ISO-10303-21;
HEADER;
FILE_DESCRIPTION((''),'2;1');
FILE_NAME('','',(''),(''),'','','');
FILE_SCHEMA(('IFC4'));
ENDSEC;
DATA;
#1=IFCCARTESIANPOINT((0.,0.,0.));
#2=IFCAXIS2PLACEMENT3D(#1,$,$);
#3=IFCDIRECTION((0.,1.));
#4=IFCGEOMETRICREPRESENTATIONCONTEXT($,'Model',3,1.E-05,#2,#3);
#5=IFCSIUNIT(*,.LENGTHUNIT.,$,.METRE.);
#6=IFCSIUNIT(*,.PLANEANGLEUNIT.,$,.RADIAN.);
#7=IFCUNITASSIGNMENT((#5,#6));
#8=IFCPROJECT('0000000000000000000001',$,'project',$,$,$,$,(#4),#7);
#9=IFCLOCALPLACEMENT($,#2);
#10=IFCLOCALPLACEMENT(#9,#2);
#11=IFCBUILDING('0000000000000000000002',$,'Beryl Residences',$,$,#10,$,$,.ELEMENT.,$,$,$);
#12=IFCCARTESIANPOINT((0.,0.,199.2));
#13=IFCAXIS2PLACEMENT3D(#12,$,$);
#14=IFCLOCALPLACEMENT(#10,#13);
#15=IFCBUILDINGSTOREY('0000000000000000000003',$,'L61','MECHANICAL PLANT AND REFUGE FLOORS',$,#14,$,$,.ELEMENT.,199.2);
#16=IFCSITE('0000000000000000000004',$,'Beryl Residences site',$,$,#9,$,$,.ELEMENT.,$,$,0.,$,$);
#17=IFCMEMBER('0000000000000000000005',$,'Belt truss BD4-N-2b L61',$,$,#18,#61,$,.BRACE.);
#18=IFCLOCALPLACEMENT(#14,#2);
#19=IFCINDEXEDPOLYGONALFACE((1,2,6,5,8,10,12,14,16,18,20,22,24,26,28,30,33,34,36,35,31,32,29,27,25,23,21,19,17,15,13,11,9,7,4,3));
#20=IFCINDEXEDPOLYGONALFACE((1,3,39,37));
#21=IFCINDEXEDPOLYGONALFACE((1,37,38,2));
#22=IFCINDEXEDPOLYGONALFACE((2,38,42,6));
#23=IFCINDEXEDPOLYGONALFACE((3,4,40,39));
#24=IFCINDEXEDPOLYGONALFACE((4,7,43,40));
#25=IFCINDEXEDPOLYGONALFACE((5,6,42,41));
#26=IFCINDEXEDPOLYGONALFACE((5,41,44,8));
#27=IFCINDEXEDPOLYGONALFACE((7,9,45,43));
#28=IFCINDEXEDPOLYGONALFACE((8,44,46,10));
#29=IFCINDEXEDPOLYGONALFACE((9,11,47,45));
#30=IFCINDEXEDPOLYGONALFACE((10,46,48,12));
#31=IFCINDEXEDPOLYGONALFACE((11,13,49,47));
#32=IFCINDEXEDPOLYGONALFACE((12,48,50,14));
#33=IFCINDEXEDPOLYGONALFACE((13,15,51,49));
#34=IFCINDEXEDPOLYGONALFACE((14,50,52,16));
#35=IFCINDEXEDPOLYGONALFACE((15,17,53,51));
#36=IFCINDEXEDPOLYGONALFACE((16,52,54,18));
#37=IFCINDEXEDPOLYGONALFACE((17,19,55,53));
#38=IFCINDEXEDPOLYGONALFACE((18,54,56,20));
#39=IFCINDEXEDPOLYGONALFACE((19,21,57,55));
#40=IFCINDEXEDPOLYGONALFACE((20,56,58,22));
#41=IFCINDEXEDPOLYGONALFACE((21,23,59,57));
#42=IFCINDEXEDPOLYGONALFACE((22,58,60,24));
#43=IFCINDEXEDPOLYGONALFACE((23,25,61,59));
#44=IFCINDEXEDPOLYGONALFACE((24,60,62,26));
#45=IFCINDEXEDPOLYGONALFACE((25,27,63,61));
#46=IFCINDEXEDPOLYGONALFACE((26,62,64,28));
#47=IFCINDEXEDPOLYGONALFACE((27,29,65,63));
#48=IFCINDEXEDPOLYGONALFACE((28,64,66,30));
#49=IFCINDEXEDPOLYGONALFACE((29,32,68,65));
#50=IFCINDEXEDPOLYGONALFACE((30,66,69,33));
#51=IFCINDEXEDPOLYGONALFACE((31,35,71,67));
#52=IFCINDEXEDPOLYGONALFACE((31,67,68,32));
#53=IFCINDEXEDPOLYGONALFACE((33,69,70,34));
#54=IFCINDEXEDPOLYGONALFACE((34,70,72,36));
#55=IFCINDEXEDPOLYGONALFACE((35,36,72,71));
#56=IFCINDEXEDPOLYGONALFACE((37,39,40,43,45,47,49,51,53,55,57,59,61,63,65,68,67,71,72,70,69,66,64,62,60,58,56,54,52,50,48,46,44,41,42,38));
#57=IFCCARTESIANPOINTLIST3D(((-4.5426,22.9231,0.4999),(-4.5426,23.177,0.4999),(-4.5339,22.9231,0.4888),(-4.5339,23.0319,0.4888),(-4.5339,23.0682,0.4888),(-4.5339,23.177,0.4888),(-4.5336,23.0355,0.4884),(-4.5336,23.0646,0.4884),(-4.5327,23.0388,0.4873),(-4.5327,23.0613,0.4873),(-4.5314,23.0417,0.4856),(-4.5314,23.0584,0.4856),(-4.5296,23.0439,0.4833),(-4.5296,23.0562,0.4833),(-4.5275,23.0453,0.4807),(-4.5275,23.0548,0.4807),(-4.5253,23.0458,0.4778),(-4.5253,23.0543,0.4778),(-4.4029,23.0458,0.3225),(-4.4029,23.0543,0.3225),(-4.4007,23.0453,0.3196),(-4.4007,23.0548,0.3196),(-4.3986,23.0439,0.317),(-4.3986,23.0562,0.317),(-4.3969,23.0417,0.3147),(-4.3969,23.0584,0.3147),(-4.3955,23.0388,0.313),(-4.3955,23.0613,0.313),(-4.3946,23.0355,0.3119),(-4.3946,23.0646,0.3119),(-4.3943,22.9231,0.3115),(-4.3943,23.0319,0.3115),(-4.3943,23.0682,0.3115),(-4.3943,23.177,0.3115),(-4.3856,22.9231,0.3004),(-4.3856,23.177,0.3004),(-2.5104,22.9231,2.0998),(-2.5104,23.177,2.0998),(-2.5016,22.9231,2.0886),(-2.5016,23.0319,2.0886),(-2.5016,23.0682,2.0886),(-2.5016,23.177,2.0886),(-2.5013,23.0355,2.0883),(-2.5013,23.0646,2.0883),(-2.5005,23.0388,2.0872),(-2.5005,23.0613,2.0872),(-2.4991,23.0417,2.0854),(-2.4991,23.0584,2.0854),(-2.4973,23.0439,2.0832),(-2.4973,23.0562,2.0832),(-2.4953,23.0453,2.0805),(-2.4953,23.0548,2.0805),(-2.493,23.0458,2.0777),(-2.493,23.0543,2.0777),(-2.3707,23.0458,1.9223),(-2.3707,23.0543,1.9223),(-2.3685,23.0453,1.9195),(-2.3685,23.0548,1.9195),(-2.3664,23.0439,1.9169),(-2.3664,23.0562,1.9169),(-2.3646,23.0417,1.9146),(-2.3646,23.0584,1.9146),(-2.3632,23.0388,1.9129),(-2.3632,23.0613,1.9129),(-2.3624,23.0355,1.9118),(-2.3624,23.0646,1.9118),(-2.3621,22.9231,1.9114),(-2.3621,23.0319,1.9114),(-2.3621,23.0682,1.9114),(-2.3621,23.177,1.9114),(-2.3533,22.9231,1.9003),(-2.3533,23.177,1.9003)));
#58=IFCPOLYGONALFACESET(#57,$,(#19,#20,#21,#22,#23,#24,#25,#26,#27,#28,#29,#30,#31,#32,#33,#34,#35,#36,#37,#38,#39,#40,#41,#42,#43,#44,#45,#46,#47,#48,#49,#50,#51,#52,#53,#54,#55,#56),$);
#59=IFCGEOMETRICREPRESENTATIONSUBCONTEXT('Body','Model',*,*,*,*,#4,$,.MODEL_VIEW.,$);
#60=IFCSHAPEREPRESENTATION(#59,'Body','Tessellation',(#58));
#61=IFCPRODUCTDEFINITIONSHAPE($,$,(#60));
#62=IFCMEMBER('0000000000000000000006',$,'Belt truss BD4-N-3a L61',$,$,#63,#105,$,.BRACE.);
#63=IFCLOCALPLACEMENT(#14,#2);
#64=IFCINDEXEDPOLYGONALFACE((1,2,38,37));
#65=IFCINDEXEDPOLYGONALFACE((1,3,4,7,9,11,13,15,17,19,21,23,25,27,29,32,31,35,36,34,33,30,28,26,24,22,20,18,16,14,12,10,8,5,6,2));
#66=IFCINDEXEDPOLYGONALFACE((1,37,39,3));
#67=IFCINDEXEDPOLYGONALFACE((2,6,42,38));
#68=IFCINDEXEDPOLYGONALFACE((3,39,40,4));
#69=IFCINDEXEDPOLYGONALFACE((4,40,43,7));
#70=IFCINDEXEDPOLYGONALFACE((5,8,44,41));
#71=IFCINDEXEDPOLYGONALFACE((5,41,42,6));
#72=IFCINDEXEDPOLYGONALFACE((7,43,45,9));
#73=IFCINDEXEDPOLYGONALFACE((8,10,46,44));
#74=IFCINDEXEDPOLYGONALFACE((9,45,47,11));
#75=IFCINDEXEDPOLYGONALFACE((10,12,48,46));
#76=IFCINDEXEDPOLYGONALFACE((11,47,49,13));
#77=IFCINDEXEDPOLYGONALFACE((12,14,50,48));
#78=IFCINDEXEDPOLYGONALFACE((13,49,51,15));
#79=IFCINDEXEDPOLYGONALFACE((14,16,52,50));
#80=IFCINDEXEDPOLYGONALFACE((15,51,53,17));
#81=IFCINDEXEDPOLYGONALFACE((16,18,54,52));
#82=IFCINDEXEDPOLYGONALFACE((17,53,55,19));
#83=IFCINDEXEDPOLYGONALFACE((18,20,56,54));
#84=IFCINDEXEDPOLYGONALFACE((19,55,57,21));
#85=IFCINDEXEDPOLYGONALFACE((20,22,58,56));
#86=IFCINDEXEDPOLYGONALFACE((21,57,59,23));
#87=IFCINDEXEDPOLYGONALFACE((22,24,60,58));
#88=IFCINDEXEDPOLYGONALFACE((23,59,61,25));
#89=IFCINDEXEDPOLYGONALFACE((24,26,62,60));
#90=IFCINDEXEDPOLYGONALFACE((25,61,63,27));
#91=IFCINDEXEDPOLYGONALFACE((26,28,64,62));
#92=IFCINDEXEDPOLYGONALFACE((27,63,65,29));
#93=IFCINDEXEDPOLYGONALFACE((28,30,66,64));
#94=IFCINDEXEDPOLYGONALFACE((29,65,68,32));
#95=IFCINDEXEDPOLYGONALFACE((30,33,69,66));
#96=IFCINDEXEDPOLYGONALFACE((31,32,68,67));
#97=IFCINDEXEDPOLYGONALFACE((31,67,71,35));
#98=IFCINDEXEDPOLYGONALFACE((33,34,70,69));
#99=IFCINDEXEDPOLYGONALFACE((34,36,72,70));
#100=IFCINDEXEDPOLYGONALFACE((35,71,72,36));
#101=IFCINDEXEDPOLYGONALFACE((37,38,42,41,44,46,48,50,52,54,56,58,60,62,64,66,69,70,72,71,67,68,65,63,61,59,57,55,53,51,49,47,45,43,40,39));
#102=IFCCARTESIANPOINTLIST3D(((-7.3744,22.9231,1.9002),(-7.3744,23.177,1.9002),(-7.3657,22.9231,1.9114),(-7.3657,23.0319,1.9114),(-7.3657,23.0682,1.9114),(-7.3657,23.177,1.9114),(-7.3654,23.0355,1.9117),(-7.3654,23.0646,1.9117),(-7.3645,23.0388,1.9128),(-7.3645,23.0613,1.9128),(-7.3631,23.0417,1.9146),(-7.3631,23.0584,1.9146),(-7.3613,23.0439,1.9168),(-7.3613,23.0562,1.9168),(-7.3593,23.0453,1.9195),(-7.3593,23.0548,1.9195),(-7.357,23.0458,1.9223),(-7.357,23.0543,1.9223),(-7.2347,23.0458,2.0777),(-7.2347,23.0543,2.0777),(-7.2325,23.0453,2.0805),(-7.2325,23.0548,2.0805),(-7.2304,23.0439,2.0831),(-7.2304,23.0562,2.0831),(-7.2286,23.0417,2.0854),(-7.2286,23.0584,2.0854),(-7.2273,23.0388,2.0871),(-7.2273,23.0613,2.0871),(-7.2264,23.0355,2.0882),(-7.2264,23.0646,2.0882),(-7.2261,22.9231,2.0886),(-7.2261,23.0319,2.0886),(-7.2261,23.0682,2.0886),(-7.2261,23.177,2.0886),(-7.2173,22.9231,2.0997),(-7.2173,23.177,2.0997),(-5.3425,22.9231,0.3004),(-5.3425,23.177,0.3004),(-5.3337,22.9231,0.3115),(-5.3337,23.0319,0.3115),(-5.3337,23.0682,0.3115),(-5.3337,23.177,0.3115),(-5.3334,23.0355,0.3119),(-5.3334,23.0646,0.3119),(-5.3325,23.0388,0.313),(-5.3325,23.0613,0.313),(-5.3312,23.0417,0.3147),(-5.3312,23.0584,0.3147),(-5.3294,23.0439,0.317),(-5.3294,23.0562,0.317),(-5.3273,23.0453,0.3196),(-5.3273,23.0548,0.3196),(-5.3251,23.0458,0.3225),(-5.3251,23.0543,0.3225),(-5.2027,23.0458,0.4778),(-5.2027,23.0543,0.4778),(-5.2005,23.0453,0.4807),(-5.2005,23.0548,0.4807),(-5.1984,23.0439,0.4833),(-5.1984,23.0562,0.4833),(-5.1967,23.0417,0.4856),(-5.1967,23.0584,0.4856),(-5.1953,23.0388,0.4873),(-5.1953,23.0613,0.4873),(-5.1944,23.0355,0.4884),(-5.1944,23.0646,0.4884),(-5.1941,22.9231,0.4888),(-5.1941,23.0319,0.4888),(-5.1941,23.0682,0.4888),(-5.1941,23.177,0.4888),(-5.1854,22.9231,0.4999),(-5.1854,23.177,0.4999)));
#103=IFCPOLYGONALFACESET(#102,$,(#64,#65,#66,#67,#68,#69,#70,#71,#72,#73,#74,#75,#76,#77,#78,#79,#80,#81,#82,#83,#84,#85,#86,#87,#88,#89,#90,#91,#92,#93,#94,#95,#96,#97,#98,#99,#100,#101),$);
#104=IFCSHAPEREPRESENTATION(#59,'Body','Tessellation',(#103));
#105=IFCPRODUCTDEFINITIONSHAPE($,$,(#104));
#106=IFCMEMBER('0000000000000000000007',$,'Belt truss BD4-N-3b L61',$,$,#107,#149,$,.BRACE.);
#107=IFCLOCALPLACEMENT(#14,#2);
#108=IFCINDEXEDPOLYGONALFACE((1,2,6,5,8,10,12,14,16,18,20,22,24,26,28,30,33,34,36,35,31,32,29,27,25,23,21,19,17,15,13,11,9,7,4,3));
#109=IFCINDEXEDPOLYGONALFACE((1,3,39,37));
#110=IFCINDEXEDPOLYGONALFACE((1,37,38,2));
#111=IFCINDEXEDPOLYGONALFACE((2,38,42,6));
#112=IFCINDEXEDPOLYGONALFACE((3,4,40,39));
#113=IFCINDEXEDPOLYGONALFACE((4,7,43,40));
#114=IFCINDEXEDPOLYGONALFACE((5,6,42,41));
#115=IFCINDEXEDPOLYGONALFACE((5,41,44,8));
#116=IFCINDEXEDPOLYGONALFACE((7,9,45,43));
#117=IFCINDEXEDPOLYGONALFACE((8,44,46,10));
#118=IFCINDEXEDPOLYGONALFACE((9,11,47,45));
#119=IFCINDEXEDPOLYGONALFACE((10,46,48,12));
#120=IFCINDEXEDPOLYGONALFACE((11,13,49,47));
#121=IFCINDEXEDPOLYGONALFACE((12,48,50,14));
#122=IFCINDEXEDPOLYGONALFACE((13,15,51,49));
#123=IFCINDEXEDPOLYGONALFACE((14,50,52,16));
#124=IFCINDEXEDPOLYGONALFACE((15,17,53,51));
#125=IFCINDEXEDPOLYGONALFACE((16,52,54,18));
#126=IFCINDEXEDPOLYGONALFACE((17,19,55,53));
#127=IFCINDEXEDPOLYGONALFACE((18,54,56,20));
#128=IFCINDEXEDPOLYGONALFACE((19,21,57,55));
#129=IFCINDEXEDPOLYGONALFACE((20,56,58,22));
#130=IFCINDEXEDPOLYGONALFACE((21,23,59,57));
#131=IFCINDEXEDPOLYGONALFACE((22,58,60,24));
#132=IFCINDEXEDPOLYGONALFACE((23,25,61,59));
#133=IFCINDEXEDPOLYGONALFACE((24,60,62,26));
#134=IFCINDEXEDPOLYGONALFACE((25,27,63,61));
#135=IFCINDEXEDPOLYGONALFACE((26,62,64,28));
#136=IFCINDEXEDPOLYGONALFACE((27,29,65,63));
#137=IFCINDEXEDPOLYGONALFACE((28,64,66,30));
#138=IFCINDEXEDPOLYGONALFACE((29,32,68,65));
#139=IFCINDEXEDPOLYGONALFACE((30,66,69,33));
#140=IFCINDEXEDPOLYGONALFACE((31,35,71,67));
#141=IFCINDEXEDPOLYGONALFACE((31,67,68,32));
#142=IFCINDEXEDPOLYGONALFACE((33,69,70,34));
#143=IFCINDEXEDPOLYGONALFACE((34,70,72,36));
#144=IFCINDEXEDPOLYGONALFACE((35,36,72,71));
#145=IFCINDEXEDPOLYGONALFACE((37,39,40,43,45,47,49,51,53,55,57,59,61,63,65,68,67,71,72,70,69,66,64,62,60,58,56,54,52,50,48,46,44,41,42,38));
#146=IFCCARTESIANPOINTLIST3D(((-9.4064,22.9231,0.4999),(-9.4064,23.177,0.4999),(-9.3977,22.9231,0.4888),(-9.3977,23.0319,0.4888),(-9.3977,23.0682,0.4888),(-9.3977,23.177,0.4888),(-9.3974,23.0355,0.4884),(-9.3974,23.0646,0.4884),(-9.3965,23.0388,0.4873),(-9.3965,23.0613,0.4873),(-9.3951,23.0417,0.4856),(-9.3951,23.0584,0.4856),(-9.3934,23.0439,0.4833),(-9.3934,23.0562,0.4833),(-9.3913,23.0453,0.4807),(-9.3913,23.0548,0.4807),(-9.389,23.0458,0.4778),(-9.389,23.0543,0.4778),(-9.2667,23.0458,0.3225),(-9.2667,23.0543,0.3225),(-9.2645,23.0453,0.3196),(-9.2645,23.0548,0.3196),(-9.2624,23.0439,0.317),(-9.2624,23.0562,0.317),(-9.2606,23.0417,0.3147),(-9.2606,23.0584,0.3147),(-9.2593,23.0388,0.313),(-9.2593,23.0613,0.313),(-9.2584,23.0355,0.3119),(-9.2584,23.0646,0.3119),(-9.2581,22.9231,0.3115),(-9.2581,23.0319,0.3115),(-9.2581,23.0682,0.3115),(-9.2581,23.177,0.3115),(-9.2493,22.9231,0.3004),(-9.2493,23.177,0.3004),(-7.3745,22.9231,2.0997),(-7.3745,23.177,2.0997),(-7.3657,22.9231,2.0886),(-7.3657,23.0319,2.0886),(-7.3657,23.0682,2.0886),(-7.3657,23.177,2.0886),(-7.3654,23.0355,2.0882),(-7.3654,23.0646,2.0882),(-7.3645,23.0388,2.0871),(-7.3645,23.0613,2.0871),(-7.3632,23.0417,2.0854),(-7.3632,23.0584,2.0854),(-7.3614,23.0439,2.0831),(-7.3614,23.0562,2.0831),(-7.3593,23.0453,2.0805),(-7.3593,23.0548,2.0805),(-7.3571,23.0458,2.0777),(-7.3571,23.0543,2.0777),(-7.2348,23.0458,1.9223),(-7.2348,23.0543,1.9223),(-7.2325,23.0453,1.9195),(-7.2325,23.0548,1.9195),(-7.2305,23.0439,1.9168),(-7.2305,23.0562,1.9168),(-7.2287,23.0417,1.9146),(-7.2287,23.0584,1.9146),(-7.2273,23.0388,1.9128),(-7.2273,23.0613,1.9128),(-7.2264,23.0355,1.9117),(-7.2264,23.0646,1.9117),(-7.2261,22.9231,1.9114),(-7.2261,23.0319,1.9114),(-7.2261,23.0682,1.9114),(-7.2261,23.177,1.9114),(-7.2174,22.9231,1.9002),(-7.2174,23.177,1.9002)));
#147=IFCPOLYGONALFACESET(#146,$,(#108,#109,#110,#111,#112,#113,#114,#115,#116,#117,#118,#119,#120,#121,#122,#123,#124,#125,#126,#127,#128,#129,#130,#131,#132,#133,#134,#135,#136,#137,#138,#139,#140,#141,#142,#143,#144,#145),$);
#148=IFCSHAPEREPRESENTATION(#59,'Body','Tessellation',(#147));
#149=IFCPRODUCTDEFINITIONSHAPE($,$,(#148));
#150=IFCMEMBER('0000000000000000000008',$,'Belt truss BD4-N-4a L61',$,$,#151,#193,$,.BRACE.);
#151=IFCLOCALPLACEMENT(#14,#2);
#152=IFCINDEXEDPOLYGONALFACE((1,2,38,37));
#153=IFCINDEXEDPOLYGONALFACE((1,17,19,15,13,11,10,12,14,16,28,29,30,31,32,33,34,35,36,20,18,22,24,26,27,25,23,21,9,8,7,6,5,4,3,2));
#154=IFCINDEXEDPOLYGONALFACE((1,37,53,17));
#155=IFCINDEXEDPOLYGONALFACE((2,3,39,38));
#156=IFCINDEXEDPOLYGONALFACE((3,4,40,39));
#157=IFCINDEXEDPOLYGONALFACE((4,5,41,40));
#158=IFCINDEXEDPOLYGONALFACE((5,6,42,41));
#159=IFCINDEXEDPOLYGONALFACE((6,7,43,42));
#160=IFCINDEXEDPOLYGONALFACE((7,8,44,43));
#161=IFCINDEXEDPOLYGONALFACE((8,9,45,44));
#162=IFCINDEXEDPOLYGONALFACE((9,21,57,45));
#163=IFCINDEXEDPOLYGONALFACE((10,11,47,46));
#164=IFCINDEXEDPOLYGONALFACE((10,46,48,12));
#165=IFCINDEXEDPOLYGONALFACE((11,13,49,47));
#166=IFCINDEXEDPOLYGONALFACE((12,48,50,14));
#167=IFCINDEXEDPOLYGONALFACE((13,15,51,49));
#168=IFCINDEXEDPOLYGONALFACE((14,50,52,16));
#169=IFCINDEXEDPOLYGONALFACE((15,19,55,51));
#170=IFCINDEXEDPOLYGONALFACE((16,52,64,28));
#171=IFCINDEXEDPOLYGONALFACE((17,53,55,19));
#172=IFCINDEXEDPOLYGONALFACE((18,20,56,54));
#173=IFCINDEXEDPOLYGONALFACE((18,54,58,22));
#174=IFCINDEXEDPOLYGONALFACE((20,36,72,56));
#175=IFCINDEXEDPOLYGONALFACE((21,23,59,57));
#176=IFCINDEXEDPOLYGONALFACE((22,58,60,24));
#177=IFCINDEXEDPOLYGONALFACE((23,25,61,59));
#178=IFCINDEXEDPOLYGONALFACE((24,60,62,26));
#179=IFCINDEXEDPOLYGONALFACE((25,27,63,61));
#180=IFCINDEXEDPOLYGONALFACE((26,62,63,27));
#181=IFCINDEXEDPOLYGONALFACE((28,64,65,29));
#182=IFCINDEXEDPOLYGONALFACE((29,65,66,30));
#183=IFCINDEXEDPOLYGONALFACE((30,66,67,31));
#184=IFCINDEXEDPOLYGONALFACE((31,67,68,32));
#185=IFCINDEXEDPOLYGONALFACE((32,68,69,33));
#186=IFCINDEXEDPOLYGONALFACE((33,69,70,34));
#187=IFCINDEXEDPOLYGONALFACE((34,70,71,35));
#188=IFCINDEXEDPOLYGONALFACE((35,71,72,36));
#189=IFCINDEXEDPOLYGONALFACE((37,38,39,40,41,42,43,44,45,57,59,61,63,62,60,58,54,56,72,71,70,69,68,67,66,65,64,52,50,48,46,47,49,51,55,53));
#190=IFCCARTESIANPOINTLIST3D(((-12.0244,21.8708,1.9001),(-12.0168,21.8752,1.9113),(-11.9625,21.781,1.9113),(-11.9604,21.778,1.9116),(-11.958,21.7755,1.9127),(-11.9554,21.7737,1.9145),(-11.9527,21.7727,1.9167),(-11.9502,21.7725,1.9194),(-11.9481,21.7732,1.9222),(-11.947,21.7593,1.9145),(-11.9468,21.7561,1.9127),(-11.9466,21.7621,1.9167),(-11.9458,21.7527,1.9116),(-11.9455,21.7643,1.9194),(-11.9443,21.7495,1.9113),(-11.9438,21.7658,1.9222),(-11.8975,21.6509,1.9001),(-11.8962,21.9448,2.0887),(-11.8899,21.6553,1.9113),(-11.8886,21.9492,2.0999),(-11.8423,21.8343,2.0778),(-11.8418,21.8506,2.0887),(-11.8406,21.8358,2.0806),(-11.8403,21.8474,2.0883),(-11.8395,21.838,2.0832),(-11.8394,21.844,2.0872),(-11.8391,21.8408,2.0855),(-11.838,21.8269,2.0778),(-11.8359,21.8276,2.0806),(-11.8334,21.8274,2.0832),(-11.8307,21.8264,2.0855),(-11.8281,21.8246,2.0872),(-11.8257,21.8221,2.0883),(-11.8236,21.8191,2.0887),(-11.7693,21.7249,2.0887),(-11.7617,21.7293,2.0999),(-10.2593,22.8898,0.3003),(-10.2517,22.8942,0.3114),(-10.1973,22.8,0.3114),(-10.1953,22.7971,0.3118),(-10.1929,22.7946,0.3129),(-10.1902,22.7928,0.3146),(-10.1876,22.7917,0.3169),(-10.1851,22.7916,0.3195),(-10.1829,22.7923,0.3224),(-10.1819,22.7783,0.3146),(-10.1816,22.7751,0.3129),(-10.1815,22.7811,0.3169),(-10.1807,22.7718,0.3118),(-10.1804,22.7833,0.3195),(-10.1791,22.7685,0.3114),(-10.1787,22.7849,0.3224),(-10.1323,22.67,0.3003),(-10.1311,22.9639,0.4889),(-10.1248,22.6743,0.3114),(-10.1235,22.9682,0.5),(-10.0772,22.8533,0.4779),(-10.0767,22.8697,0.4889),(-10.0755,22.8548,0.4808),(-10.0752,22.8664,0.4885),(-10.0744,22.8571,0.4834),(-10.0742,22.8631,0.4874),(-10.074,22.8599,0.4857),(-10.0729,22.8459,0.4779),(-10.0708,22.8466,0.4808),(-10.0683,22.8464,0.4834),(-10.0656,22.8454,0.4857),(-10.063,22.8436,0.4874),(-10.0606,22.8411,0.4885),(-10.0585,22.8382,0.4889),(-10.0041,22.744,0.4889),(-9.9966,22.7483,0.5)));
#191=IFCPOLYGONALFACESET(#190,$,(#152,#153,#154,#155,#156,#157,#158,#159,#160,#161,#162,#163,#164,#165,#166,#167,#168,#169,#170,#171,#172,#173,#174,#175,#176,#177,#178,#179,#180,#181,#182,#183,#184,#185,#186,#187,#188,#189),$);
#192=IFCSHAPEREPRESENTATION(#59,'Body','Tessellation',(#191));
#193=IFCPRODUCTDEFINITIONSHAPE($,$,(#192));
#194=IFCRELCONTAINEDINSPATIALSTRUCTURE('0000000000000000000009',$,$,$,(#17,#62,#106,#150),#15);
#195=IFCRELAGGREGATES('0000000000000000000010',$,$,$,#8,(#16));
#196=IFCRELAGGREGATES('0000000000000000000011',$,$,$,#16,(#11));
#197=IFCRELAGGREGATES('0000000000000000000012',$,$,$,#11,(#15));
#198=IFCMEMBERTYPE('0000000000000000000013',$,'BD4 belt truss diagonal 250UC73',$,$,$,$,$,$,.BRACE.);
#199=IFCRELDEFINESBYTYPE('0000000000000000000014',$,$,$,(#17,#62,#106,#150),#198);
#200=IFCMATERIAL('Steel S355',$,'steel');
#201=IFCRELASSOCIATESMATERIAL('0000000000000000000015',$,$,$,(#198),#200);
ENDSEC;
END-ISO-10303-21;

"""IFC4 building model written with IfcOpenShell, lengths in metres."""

from ifc_helpers import new_model, si_unit, direction, frame, origin, origin_2d, place, context, subcontext, project, spatial, i_section, extrude, material, material_profile, profile_set, type_object, element, save


model = new_model("IFC4")

# Units and contexts
model_context = context("Model", 3, precision=1e-05, world=origin(), true_north=direction((0.0, 1.0)))
body_context = subcontext(model_context, "Body", "Model", "MODEL_VIEW")
ifc_project = project(units=[si_unit("LENGTHUNIT", "METRE"), si_unit("PLANEANGLEUNIT", "RADIAN")], contexts=[model_context])

# Site, building, storey
site_placement = place(None, origin())
site = spatial("IfcSite", under=ifc_project, at=site_placement, Name="Beryl Residences site", CompositionType="ELEMENT", RefElevation=0.0)
building_placement = place(site_placement, origin())
building = spatial("IfcBuilding", under=site, at=building_placement, Name="Beryl Residences", CompositionType="ELEMENT")
storey_placement = place(building_placement, frame((0.0, 0.0, 199.2)))
storey = spatial("IfcBuildingStorey", under=building, at=storey_placement, Name="L61", Description="MECHANICAL PLANT AND REFUGE FLOORS", CompositionType="ELEMENT", Elevation=199.2)

# Members
ifc_material_1 = material(Name="Steel S355", Category="steel")
ifc_material_profile_1 = material_profile(ifc_material_1, i_section(OverallWidth=0.2539, OverallDepth=0.2539, WebThickness=0.0085, FlangeThickness=0.0142, FilletRadius=0.0139, at=origin_2d()))
ifc_profile_set_1 = profile_set([ifc_material_profile_1], Name="Steel S355")
member_type_1 = type_object("IfcMemberType", Name="BD4 belt truss diagonal 250UC73", PredefinedType="BRACE", material=ifc_profile_set_1)
member_1_placement = place(storey_placement, frame((-4.4641, 23.05, 0.4001), z_axis=(0.785735, 0.0, 0.618563), x_axis=(0.0, 1.0, 0.0)))
element("IfcMember", 1, at=member_1_placement, inside=storey, type_object=member_type_1, Name="Belt truss BD4-N-2b L61", PredefinedType="BRACE", context=body_context, shape_type="SweptSolid", body=[
    extrude(i_section(OverallWidth=0.2539, OverallDepth=0.2539, WebThickness=0.0085, FlangeThickness=0.0142, FilletRadius=0.0139, at=origin_2d()), origin(), (0.0, 0.0, 1.0), 2.5864),
])
for number, where, z_axis, x_axis, name in (
    (2, (-5.2639, 23.05, 0.4001), (-0.785699, 0.0, 0.618609), (0.0, -1.0, 0.0), "Belt truss BD4-N-3a L61"),
    (3, (-9.3279, 23.05, 0.4001), (0.785699, 0.0, 0.618609), (0.0, 1.0, 0.0), "Belt truss BD4-N-3b L61"),
):
    element("IfcMember", number, at=place(storey_placement, frame(where, z_axis=z_axis, x_axis=x_axis)), inside=storey, type_object=member_type_1, Name=name, PredefinedType="BRACE", context=body_context, shape_type="SweptSolid", body=[
        extrude(i_section(OverallWidth=0.2539, OverallDepth=0.2539, WebThickness=0.0085, FlangeThickness=0.0142, FilletRadius=0.0139, at=origin_2d()), origin(), (0.0, 0.0, 1.0), 2.5862),
    ])
member_2_placement = place(storey_placement, frame((-10.1279, 22.8191, 0.4001), z_axis=(-0.681236, -0.393289, 0.617447), x_axis=(0.499978, -0.866038, 0.0)))
element("IfcMember", 4, at=member_2_placement, inside=storey, type_object=member_type_1, Name="Belt truss BD4-N-4a L61", PredefinedType="BRACE", context=body_context, shape_type="SweptSolid", body=[
    extrude(i_section(OverallWidth=0.2539, OverallDepth=0.2539, WebThickness=0.0085, FlangeThickness=0.0142, FilletRadius=0.0139, at=origin_2d()), origin(), (0.0, 0.0, 1.0), 2.5911),
])

save(model, "model.ifc")
